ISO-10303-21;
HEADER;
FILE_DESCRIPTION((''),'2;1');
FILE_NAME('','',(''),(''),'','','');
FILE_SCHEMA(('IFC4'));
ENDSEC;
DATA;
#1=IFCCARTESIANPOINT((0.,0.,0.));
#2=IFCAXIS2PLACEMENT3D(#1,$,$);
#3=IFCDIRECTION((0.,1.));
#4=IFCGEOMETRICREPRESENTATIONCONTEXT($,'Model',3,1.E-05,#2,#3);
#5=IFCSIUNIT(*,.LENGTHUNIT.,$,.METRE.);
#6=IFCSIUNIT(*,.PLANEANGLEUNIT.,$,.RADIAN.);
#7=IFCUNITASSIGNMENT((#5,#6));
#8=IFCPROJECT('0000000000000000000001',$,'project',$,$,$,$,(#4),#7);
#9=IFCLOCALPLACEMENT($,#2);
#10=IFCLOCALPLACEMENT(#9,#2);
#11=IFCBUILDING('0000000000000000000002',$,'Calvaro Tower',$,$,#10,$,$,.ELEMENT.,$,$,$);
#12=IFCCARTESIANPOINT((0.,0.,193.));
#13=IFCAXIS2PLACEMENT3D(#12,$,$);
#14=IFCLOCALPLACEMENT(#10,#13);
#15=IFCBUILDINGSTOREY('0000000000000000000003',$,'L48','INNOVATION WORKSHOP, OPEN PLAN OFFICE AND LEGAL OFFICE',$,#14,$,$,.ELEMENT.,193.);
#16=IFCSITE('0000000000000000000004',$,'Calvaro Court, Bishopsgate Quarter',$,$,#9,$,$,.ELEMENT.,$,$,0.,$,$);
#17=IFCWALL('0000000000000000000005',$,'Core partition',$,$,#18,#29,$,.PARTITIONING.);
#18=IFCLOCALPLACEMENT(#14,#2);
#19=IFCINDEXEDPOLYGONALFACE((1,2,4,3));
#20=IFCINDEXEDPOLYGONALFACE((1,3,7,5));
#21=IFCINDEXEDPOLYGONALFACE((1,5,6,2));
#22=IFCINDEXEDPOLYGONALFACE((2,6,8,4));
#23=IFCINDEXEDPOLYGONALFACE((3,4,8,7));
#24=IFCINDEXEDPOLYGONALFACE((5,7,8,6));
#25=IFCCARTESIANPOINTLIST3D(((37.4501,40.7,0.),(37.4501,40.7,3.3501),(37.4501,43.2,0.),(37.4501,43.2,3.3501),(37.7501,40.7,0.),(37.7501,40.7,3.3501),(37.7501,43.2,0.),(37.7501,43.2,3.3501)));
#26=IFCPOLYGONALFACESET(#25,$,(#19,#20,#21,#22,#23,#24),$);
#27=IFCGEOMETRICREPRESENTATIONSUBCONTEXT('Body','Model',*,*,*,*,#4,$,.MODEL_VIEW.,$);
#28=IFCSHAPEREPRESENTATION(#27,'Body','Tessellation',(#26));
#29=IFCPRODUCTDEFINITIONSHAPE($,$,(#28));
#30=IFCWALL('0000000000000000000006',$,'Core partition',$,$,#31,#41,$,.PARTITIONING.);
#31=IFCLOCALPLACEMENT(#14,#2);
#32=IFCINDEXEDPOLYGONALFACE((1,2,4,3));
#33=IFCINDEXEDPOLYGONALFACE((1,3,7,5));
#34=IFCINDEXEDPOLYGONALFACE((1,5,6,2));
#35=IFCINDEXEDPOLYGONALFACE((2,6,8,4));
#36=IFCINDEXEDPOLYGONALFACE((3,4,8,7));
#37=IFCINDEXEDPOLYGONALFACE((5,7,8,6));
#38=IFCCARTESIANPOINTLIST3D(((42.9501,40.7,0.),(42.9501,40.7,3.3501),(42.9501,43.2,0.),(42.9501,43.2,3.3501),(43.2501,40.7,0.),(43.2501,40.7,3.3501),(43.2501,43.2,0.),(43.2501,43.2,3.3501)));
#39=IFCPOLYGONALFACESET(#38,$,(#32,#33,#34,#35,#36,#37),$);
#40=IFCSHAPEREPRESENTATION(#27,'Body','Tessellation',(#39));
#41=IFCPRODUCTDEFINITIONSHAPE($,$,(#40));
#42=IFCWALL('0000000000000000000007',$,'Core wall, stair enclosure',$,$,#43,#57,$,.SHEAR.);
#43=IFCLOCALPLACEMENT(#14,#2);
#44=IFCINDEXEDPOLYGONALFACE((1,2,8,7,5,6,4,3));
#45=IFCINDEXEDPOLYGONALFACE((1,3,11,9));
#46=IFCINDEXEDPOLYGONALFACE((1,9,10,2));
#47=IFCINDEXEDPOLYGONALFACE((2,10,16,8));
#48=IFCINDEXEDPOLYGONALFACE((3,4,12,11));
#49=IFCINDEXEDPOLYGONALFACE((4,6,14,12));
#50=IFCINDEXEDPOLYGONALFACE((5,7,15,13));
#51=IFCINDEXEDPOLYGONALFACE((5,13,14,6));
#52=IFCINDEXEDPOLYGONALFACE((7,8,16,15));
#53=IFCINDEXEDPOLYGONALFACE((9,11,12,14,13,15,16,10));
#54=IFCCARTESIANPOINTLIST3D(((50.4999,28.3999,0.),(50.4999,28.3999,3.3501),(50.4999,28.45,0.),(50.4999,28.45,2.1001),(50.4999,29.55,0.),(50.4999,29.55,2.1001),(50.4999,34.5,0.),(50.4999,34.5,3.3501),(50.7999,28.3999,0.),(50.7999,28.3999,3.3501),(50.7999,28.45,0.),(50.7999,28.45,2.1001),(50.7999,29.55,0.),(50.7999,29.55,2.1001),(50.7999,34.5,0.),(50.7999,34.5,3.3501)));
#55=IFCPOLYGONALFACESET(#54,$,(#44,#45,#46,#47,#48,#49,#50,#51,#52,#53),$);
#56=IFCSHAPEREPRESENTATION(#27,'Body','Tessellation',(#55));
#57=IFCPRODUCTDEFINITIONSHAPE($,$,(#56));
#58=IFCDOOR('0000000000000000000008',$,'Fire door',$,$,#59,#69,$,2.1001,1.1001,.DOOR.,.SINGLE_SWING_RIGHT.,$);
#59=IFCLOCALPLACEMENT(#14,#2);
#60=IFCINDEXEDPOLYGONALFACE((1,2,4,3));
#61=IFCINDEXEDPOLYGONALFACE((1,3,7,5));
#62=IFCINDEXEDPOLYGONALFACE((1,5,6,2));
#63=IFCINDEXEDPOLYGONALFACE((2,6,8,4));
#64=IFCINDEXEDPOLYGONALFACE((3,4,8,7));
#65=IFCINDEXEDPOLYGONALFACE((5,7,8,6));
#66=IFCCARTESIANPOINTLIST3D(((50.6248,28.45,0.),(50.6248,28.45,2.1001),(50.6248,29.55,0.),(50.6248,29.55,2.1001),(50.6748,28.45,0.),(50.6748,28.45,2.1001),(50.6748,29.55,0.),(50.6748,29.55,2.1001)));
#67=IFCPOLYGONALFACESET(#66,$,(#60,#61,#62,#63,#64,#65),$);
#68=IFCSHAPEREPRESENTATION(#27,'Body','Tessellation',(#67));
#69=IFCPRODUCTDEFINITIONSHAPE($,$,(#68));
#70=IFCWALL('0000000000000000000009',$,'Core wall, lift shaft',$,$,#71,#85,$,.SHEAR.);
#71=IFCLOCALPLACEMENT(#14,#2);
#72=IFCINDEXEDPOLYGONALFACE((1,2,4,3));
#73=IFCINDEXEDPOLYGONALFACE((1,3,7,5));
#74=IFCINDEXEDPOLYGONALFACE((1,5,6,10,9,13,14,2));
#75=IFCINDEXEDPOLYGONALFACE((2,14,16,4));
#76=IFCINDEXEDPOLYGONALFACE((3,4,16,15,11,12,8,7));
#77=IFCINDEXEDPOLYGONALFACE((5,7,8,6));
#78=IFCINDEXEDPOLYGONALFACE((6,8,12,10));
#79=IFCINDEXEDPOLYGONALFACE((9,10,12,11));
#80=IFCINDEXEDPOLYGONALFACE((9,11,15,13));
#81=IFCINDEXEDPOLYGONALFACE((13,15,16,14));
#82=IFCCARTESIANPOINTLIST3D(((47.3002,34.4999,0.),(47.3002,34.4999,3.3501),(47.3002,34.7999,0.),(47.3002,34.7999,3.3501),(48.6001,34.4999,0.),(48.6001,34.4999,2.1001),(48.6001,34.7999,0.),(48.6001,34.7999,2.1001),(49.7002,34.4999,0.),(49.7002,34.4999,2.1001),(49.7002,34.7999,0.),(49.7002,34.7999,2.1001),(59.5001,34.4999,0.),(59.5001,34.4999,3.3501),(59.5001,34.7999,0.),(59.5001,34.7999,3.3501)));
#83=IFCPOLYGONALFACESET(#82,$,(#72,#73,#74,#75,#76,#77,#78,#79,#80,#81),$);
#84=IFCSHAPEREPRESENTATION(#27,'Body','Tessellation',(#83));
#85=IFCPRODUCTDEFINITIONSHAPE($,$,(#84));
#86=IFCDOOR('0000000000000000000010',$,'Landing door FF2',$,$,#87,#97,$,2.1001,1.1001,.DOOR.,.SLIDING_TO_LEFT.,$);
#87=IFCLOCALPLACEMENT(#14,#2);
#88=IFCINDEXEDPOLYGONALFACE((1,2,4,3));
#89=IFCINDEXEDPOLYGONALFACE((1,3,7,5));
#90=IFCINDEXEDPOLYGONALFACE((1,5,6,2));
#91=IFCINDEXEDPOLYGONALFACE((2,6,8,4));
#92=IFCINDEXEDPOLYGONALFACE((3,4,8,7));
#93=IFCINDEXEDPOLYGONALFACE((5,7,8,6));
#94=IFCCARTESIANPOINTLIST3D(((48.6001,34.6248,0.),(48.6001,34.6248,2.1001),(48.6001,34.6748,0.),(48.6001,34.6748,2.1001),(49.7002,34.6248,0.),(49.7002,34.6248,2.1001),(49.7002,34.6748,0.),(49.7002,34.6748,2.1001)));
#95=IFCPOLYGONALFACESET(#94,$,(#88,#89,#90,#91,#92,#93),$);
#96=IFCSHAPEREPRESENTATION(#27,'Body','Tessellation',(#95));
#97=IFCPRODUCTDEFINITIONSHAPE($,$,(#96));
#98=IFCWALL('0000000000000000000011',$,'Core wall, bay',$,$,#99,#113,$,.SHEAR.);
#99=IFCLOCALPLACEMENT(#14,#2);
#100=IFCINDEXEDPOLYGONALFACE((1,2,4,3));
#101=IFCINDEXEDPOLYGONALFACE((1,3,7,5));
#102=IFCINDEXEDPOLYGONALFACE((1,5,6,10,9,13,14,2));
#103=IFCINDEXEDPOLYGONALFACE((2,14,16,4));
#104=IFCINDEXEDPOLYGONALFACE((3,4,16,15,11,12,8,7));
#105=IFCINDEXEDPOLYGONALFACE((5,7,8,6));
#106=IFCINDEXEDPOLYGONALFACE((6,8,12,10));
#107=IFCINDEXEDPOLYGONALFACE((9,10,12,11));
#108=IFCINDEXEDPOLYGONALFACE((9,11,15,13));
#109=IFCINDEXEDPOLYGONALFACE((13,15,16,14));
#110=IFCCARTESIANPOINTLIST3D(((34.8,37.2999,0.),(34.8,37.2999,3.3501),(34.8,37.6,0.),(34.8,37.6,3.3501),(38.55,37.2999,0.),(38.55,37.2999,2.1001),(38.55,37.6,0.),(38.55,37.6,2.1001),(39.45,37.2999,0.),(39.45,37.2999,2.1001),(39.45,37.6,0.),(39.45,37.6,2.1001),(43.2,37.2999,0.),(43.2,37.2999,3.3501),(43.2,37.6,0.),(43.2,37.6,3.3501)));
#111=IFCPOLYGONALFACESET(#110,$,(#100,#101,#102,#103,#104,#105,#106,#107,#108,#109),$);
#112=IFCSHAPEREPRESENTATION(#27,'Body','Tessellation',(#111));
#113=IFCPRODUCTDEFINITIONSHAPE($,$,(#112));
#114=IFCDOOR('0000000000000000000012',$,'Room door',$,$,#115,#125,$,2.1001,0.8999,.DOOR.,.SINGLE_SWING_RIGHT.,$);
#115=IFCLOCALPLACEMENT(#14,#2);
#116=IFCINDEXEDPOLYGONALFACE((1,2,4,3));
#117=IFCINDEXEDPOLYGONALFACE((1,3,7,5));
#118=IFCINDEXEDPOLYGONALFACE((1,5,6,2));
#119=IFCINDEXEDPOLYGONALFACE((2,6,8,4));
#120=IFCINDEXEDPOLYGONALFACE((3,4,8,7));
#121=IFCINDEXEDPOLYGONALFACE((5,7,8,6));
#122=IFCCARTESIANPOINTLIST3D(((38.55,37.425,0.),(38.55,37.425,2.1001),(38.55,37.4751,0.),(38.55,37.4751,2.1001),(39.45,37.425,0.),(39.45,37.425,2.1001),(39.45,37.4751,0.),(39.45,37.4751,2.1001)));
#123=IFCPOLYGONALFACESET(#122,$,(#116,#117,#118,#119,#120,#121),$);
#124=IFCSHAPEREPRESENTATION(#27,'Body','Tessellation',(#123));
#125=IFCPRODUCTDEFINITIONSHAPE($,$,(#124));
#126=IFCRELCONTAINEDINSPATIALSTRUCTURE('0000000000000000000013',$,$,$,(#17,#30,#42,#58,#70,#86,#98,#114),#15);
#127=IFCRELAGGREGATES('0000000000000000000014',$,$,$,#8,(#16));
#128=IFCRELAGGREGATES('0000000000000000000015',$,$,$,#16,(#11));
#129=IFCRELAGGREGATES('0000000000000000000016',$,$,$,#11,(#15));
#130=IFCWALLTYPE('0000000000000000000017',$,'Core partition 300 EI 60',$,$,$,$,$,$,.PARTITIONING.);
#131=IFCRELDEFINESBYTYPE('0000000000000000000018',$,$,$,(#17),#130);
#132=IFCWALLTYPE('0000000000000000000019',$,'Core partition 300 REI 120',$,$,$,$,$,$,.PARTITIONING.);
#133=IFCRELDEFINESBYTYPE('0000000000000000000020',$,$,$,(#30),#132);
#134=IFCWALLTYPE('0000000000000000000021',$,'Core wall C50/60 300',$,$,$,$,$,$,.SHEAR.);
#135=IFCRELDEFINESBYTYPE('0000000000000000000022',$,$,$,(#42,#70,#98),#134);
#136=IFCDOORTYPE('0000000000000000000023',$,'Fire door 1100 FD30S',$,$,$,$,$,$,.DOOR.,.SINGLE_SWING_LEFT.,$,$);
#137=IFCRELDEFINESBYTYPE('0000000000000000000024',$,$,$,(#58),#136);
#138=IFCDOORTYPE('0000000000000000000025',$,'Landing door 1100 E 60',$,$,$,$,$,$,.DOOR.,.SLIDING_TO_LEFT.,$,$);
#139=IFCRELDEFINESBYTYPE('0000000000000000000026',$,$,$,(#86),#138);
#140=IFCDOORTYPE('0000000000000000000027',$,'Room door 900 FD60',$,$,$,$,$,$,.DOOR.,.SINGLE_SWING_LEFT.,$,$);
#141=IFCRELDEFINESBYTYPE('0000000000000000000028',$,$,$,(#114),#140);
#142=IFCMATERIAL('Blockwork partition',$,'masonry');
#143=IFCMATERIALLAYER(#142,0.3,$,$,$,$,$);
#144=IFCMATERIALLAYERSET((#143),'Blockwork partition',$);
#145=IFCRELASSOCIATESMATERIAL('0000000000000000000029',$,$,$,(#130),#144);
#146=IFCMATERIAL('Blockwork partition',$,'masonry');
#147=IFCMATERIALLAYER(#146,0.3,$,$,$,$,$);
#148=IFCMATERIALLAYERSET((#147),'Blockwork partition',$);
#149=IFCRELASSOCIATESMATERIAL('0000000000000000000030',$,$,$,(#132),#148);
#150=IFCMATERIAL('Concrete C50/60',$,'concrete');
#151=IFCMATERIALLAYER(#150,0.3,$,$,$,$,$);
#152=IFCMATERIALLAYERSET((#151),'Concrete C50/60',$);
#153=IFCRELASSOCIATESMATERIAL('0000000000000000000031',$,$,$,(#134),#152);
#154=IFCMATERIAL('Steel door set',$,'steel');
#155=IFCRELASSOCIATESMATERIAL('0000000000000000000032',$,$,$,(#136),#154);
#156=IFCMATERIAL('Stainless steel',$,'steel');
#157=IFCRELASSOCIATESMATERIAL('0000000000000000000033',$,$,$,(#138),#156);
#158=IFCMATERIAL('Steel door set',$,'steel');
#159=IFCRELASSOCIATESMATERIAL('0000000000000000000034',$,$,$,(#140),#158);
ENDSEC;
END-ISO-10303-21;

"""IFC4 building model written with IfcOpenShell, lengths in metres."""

from ifc_helpers import new_model, si_unit, direction, frame, frame_2d, origin, place, context, subcontext, project, spatial, rectangle, extrude, material, layer, layer_set, type_object, element, fill, save


model = new_model("IFC4")

# Units and contexts
model_context = context("Model", 3, precision=1e-05, world=origin(), true_north=direction((0.0, 1.0)))
body_context = subcontext(model_context, "Body", "Model", "MODEL_VIEW")
ifc_project = project(units=[si_unit("LENGTHUNIT", "METRE"), si_unit("PLANEANGLEUNIT", "RADIAN")], contexts=[model_context])

# Site, building, storey
site_placement = place(None, origin())
site = spatial("IfcSite", under=ifc_project, at=site_placement, Name="Calvaro Court, Bishopsgate Quarter", CompositionType="ELEMENT", RefElevation=0.0)
building_placement = place(site_placement, origin())
building = spatial("IfcBuilding", under=site, at=building_placement, Name="Calvaro Tower", CompositionType="ELEMENT")
storey_placement = place(building_placement, frame((0.0, 0.0, 193.0)))
storey = spatial("IfcBuildingStorey", under=building, at=storey_placement, Name="L48", Description="INNOVATION WORKSHOP, OPEN PLAN OFFICE AND LEGAL OFFICE", CompositionType="ELEMENT", Elevation=193.0)

# Walls
ifc_material_1 = material(Name="Blockwork partition", Category="masonry")
ifc_layer_1 = layer(ifc_material_1, 0.3)
ifc_layer_set_1 = layer_set([ifc_layer_1], Name="Blockwork partition")
wall_type_1 = type_object("IfcWallType", Name="Core partition 300 EI 60", PredefinedType="PARTITIONING", material=ifc_layer_set_1)
wall_1_placement = place(storey_placement, frame((37.6001, 40.7, 0.0), z_axis=(0.0, 0.0, 1.0), x_axis=(0.0, 1.0, 0.0)))
element("IfcWall", 1, at=wall_1_placement, inside=storey, type_object=wall_type_1, Name="Core partition", PredefinedType="PARTITIONING", context=body_context, shape_type="SweptSolid", body=[
    extrude(rectangle(XDim=2.5, YDim=0.3, at=frame_2d((1.25, 0.0))), origin(), (0.0, 0.0, 1.0), 3.3501),
])
ifc_material_2 = material(Name="Blockwork partition", Category="masonry")
ifc_layer_2 = layer(ifc_material_2, 0.3)
ifc_layer_set_2 = layer_set([ifc_layer_2], Name="Blockwork partition")
wall_type_2 = type_object("IfcWallType", Name="Core partition 300 REI 120", PredefinedType="PARTITIONING", material=ifc_layer_set_2)
wall_2_placement = place(storey_placement, frame((43.1001, 40.7, 0.0), z_axis=(0.0, 0.0, 1.0), x_axis=(0.0, 1.0, 0.0)))
element("IfcWall", 2, at=wall_2_placement, inside=storey, type_object=wall_type_2, Name="Core partition", PredefinedType="PARTITIONING", context=body_context, shape_type="SweptSolid", body=[
    extrude(rectangle(XDim=2.5, YDim=0.3, at=frame_2d((1.25, 0.0))), origin(), (0.0, 0.0, 1.0), 3.3501),
])

# Walls, openings, doors
ifc_material_3 = material(Name="Concrete C50/60", Category="concrete")
ifc_layer_3 = layer(ifc_material_3, 0.3)
ifc_layer_set_3 = layer_set([ifc_layer_3], Name="Concrete C50/60")
wall_type_3 = type_object("IfcWallType", Name="Core wall C50/60 300", PredefinedType="SHEAR", material=ifc_layer_set_3)
wall_3_placement = place(storey_placement, frame((50.6499, 34.5, 0.0), z_axis=(0.0, 0.0, 1.0), x_axis=(0.0, -1.0, 0.0)))
wall_3 = element("IfcWall", 3, at=wall_3_placement, inside=storey, type_object=wall_type_3, Name="Core wall, stair enclosure", PredefinedType="SHEAR", context=body_context, shape_type="SweptSolid", body=[
    extrude(rectangle(XDim=6.1001, YDim=0.3, at=frame_2d((3.05, 0.0))), origin(), (0.0, 0.0, 1.0), 3.3501),
])
opening_1_placement = place(wall_3_placement, frame((4.95, 0.0, 0.0)))
opening_1 = element("IfcOpeningElement", 4, at=opening_1_placement, cuts=wall_3, PredefinedType="OPENING", context=body_context, shape_type="SweptSolid", body=[
    extrude(rectangle(XDim=1.1001, YDim=2.1001, at=frame_2d((0.55, 1.05))), frame((0.0, 0.1599, 0.0), z_axis=(0.0, -1.0, 0.0), x_axis=(1.0, 0.0, 0.0)), (0.0, 0.0, 1.0), 0.3201),
])
ifc_material_4 = material(Name="Steel door set", Category="steel")
door_type_1 = type_object("IfcDoorType", Name="Fire door 1100 FD30S", OperationType="SINGLE_SWING_LEFT", PredefinedType="DOOR", material=ifc_material_4)
door_1_placement = place(opening_1_placement, origin())
door_1 = element("IfcDoor", 5, at=door_1_placement, inside=storey, type_object=door_type_1, Name="Fire door", OperationType="SINGLE_SWING_RIGHT", OverallHeight=2.1001, OverallWidth=1.1001, PredefinedType="DOOR", context=body_context, shape_type="SweptSolid", body=[
    extrude(rectangle(XDim=1.1001, YDim=2.1001, at=frame_2d((0.55, 1.05))), frame((0.0, 0.0249, 0.0), z_axis=(0.0, -1.0, 0.0), x_axis=(1.0, 0.0, 0.0)), (0.0, 0.0, 1.0), 0.05),
])
fill(opening_1, door_1)
wall_4_placement = place(storey_placement, frame((47.3, 34.6499, 0.0), z_axis=(0.0, 0.0, 1.0), x_axis=(1.0, 0.0, 0.0)))
wall_4 = element("IfcWall", 6, at=wall_4_placement, inside=storey, type_object=wall_type_3, Name="Core wall, lift shaft", PredefinedType="SHEAR", context=body_context, shape_type="SweptSolid", body=[
    extrude(rectangle(XDim=12.2, YDim=0.3, at=frame_2d((6.1001, 0.0))), origin(), (0.0, 0.0, 1.0), 3.3501),
])
opening_2_placement = place(wall_4_placement, frame((1.3, 0.0, 0.0)))
opening_2 = element("IfcOpeningElement", 7, at=opening_2_placement, cuts=wall_4, PredefinedType="OPENING", context=body_context, shape_type="SweptSolid", body=[
    extrude(rectangle(XDim=1.1001, YDim=2.1001, at=frame_2d((0.55, 1.05))), frame((0.0, 0.1599, 0.0), z_axis=(0.0, -1.0, 0.0), x_axis=(1.0, 0.0, 0.0)), (0.0, 0.0, 1.0), 0.3201),
])
ifc_material_5 = material(Name="Stainless steel", Category="steel")
door_type_2 = type_object("IfcDoorType", Name="Landing door 1100 E 60", OperationType="SLIDING_TO_LEFT", PredefinedType="DOOR", material=ifc_material_5)
door_2_placement = place(opening_2_placement, origin())
door_2 = element("IfcDoor", 8, at=door_2_placement, inside=storey, type_object=door_type_2, Name="Landing door FF2", OperationType="SLIDING_TO_LEFT", OverallHeight=2.1001, OverallWidth=1.1001, PredefinedType="DOOR", context=body_context, shape_type="SweptSolid", body=[
    extrude(rectangle(XDim=1.1001, YDim=2.1001, at=frame_2d((0.55, 1.05))), frame((0.0, 0.0249, 0.0), z_axis=(0.0, -1.0, 0.0), x_axis=(1.0, 0.0, 0.0)), (0.0, 0.0, 1.0), 0.05),
])
fill(opening_2, door_2)
wall_5_placement = place(storey_placement, frame((43.2, 37.45, 0.0), z_axis=(0.0, 0.0, 1.0), x_axis=(-1.0, 0.0, 0.0)))
wall_5 = element("IfcWall", 9, at=wall_5_placement, inside=storey, type_object=wall_type_3, Name="Core wall, bay", PredefinedType="SHEAR", context=body_context, shape_type="SweptSolid", body=[
    extrude(rectangle(XDim=8.3999, YDim=0.3, at=frame_2d((4.2, 0.0))), origin(), (0.0, 0.0, 1.0), 3.3501),
])
opening_3_placement = place(wall_5_placement, frame((3.75, 0.0, 0.0)))
opening_3 = element("IfcOpeningElement", 10, at=opening_3_placement, cuts=wall_5, PredefinedType="OPENING", context=body_context, shape_type="SweptSolid", body=[
    extrude(rectangle(XDim=0.8999, YDim=2.1001, at=frame_2d((0.45, 1.05))), frame((0.0, 0.1599, 0.0), z_axis=(0.0, -1.0, 0.0), x_axis=(1.0, 0.0, 0.0)), (0.0, 0.0, 1.0), 0.3201),
])
ifc_material_6 = material(Name="Steel door set", Category="steel")
door_type_3 = type_object("IfcDoorType", Name="Room door 900 FD60", OperationType="SINGLE_SWING_LEFT", PredefinedType="DOOR", material=ifc_material_6)
door_3_placement = place(opening_3_placement, origin())
door_3 = element("IfcDoor", 11, at=door_3_placement, inside=storey, type_object=door_type_3, Name="Room door", OperationType="SINGLE_SWING_RIGHT", OverallHeight=2.1001, OverallWidth=0.8999, PredefinedType="DOOR", context=body_context, shape_type="SweptSolid", body=[
    extrude(rectangle(XDim=0.8999, YDim=2.1001, at=frame_2d((0.45, 1.05))), frame((0.0, 0.0249, 0.0), z_axis=(0.0, -1.0, 0.0), x_axis=(1.0, 0.0, 0.0)), (0.0, 0.0, 1.0), 0.05),
])
fill(opening_3, door_3)

save(model, "model.ifc")
